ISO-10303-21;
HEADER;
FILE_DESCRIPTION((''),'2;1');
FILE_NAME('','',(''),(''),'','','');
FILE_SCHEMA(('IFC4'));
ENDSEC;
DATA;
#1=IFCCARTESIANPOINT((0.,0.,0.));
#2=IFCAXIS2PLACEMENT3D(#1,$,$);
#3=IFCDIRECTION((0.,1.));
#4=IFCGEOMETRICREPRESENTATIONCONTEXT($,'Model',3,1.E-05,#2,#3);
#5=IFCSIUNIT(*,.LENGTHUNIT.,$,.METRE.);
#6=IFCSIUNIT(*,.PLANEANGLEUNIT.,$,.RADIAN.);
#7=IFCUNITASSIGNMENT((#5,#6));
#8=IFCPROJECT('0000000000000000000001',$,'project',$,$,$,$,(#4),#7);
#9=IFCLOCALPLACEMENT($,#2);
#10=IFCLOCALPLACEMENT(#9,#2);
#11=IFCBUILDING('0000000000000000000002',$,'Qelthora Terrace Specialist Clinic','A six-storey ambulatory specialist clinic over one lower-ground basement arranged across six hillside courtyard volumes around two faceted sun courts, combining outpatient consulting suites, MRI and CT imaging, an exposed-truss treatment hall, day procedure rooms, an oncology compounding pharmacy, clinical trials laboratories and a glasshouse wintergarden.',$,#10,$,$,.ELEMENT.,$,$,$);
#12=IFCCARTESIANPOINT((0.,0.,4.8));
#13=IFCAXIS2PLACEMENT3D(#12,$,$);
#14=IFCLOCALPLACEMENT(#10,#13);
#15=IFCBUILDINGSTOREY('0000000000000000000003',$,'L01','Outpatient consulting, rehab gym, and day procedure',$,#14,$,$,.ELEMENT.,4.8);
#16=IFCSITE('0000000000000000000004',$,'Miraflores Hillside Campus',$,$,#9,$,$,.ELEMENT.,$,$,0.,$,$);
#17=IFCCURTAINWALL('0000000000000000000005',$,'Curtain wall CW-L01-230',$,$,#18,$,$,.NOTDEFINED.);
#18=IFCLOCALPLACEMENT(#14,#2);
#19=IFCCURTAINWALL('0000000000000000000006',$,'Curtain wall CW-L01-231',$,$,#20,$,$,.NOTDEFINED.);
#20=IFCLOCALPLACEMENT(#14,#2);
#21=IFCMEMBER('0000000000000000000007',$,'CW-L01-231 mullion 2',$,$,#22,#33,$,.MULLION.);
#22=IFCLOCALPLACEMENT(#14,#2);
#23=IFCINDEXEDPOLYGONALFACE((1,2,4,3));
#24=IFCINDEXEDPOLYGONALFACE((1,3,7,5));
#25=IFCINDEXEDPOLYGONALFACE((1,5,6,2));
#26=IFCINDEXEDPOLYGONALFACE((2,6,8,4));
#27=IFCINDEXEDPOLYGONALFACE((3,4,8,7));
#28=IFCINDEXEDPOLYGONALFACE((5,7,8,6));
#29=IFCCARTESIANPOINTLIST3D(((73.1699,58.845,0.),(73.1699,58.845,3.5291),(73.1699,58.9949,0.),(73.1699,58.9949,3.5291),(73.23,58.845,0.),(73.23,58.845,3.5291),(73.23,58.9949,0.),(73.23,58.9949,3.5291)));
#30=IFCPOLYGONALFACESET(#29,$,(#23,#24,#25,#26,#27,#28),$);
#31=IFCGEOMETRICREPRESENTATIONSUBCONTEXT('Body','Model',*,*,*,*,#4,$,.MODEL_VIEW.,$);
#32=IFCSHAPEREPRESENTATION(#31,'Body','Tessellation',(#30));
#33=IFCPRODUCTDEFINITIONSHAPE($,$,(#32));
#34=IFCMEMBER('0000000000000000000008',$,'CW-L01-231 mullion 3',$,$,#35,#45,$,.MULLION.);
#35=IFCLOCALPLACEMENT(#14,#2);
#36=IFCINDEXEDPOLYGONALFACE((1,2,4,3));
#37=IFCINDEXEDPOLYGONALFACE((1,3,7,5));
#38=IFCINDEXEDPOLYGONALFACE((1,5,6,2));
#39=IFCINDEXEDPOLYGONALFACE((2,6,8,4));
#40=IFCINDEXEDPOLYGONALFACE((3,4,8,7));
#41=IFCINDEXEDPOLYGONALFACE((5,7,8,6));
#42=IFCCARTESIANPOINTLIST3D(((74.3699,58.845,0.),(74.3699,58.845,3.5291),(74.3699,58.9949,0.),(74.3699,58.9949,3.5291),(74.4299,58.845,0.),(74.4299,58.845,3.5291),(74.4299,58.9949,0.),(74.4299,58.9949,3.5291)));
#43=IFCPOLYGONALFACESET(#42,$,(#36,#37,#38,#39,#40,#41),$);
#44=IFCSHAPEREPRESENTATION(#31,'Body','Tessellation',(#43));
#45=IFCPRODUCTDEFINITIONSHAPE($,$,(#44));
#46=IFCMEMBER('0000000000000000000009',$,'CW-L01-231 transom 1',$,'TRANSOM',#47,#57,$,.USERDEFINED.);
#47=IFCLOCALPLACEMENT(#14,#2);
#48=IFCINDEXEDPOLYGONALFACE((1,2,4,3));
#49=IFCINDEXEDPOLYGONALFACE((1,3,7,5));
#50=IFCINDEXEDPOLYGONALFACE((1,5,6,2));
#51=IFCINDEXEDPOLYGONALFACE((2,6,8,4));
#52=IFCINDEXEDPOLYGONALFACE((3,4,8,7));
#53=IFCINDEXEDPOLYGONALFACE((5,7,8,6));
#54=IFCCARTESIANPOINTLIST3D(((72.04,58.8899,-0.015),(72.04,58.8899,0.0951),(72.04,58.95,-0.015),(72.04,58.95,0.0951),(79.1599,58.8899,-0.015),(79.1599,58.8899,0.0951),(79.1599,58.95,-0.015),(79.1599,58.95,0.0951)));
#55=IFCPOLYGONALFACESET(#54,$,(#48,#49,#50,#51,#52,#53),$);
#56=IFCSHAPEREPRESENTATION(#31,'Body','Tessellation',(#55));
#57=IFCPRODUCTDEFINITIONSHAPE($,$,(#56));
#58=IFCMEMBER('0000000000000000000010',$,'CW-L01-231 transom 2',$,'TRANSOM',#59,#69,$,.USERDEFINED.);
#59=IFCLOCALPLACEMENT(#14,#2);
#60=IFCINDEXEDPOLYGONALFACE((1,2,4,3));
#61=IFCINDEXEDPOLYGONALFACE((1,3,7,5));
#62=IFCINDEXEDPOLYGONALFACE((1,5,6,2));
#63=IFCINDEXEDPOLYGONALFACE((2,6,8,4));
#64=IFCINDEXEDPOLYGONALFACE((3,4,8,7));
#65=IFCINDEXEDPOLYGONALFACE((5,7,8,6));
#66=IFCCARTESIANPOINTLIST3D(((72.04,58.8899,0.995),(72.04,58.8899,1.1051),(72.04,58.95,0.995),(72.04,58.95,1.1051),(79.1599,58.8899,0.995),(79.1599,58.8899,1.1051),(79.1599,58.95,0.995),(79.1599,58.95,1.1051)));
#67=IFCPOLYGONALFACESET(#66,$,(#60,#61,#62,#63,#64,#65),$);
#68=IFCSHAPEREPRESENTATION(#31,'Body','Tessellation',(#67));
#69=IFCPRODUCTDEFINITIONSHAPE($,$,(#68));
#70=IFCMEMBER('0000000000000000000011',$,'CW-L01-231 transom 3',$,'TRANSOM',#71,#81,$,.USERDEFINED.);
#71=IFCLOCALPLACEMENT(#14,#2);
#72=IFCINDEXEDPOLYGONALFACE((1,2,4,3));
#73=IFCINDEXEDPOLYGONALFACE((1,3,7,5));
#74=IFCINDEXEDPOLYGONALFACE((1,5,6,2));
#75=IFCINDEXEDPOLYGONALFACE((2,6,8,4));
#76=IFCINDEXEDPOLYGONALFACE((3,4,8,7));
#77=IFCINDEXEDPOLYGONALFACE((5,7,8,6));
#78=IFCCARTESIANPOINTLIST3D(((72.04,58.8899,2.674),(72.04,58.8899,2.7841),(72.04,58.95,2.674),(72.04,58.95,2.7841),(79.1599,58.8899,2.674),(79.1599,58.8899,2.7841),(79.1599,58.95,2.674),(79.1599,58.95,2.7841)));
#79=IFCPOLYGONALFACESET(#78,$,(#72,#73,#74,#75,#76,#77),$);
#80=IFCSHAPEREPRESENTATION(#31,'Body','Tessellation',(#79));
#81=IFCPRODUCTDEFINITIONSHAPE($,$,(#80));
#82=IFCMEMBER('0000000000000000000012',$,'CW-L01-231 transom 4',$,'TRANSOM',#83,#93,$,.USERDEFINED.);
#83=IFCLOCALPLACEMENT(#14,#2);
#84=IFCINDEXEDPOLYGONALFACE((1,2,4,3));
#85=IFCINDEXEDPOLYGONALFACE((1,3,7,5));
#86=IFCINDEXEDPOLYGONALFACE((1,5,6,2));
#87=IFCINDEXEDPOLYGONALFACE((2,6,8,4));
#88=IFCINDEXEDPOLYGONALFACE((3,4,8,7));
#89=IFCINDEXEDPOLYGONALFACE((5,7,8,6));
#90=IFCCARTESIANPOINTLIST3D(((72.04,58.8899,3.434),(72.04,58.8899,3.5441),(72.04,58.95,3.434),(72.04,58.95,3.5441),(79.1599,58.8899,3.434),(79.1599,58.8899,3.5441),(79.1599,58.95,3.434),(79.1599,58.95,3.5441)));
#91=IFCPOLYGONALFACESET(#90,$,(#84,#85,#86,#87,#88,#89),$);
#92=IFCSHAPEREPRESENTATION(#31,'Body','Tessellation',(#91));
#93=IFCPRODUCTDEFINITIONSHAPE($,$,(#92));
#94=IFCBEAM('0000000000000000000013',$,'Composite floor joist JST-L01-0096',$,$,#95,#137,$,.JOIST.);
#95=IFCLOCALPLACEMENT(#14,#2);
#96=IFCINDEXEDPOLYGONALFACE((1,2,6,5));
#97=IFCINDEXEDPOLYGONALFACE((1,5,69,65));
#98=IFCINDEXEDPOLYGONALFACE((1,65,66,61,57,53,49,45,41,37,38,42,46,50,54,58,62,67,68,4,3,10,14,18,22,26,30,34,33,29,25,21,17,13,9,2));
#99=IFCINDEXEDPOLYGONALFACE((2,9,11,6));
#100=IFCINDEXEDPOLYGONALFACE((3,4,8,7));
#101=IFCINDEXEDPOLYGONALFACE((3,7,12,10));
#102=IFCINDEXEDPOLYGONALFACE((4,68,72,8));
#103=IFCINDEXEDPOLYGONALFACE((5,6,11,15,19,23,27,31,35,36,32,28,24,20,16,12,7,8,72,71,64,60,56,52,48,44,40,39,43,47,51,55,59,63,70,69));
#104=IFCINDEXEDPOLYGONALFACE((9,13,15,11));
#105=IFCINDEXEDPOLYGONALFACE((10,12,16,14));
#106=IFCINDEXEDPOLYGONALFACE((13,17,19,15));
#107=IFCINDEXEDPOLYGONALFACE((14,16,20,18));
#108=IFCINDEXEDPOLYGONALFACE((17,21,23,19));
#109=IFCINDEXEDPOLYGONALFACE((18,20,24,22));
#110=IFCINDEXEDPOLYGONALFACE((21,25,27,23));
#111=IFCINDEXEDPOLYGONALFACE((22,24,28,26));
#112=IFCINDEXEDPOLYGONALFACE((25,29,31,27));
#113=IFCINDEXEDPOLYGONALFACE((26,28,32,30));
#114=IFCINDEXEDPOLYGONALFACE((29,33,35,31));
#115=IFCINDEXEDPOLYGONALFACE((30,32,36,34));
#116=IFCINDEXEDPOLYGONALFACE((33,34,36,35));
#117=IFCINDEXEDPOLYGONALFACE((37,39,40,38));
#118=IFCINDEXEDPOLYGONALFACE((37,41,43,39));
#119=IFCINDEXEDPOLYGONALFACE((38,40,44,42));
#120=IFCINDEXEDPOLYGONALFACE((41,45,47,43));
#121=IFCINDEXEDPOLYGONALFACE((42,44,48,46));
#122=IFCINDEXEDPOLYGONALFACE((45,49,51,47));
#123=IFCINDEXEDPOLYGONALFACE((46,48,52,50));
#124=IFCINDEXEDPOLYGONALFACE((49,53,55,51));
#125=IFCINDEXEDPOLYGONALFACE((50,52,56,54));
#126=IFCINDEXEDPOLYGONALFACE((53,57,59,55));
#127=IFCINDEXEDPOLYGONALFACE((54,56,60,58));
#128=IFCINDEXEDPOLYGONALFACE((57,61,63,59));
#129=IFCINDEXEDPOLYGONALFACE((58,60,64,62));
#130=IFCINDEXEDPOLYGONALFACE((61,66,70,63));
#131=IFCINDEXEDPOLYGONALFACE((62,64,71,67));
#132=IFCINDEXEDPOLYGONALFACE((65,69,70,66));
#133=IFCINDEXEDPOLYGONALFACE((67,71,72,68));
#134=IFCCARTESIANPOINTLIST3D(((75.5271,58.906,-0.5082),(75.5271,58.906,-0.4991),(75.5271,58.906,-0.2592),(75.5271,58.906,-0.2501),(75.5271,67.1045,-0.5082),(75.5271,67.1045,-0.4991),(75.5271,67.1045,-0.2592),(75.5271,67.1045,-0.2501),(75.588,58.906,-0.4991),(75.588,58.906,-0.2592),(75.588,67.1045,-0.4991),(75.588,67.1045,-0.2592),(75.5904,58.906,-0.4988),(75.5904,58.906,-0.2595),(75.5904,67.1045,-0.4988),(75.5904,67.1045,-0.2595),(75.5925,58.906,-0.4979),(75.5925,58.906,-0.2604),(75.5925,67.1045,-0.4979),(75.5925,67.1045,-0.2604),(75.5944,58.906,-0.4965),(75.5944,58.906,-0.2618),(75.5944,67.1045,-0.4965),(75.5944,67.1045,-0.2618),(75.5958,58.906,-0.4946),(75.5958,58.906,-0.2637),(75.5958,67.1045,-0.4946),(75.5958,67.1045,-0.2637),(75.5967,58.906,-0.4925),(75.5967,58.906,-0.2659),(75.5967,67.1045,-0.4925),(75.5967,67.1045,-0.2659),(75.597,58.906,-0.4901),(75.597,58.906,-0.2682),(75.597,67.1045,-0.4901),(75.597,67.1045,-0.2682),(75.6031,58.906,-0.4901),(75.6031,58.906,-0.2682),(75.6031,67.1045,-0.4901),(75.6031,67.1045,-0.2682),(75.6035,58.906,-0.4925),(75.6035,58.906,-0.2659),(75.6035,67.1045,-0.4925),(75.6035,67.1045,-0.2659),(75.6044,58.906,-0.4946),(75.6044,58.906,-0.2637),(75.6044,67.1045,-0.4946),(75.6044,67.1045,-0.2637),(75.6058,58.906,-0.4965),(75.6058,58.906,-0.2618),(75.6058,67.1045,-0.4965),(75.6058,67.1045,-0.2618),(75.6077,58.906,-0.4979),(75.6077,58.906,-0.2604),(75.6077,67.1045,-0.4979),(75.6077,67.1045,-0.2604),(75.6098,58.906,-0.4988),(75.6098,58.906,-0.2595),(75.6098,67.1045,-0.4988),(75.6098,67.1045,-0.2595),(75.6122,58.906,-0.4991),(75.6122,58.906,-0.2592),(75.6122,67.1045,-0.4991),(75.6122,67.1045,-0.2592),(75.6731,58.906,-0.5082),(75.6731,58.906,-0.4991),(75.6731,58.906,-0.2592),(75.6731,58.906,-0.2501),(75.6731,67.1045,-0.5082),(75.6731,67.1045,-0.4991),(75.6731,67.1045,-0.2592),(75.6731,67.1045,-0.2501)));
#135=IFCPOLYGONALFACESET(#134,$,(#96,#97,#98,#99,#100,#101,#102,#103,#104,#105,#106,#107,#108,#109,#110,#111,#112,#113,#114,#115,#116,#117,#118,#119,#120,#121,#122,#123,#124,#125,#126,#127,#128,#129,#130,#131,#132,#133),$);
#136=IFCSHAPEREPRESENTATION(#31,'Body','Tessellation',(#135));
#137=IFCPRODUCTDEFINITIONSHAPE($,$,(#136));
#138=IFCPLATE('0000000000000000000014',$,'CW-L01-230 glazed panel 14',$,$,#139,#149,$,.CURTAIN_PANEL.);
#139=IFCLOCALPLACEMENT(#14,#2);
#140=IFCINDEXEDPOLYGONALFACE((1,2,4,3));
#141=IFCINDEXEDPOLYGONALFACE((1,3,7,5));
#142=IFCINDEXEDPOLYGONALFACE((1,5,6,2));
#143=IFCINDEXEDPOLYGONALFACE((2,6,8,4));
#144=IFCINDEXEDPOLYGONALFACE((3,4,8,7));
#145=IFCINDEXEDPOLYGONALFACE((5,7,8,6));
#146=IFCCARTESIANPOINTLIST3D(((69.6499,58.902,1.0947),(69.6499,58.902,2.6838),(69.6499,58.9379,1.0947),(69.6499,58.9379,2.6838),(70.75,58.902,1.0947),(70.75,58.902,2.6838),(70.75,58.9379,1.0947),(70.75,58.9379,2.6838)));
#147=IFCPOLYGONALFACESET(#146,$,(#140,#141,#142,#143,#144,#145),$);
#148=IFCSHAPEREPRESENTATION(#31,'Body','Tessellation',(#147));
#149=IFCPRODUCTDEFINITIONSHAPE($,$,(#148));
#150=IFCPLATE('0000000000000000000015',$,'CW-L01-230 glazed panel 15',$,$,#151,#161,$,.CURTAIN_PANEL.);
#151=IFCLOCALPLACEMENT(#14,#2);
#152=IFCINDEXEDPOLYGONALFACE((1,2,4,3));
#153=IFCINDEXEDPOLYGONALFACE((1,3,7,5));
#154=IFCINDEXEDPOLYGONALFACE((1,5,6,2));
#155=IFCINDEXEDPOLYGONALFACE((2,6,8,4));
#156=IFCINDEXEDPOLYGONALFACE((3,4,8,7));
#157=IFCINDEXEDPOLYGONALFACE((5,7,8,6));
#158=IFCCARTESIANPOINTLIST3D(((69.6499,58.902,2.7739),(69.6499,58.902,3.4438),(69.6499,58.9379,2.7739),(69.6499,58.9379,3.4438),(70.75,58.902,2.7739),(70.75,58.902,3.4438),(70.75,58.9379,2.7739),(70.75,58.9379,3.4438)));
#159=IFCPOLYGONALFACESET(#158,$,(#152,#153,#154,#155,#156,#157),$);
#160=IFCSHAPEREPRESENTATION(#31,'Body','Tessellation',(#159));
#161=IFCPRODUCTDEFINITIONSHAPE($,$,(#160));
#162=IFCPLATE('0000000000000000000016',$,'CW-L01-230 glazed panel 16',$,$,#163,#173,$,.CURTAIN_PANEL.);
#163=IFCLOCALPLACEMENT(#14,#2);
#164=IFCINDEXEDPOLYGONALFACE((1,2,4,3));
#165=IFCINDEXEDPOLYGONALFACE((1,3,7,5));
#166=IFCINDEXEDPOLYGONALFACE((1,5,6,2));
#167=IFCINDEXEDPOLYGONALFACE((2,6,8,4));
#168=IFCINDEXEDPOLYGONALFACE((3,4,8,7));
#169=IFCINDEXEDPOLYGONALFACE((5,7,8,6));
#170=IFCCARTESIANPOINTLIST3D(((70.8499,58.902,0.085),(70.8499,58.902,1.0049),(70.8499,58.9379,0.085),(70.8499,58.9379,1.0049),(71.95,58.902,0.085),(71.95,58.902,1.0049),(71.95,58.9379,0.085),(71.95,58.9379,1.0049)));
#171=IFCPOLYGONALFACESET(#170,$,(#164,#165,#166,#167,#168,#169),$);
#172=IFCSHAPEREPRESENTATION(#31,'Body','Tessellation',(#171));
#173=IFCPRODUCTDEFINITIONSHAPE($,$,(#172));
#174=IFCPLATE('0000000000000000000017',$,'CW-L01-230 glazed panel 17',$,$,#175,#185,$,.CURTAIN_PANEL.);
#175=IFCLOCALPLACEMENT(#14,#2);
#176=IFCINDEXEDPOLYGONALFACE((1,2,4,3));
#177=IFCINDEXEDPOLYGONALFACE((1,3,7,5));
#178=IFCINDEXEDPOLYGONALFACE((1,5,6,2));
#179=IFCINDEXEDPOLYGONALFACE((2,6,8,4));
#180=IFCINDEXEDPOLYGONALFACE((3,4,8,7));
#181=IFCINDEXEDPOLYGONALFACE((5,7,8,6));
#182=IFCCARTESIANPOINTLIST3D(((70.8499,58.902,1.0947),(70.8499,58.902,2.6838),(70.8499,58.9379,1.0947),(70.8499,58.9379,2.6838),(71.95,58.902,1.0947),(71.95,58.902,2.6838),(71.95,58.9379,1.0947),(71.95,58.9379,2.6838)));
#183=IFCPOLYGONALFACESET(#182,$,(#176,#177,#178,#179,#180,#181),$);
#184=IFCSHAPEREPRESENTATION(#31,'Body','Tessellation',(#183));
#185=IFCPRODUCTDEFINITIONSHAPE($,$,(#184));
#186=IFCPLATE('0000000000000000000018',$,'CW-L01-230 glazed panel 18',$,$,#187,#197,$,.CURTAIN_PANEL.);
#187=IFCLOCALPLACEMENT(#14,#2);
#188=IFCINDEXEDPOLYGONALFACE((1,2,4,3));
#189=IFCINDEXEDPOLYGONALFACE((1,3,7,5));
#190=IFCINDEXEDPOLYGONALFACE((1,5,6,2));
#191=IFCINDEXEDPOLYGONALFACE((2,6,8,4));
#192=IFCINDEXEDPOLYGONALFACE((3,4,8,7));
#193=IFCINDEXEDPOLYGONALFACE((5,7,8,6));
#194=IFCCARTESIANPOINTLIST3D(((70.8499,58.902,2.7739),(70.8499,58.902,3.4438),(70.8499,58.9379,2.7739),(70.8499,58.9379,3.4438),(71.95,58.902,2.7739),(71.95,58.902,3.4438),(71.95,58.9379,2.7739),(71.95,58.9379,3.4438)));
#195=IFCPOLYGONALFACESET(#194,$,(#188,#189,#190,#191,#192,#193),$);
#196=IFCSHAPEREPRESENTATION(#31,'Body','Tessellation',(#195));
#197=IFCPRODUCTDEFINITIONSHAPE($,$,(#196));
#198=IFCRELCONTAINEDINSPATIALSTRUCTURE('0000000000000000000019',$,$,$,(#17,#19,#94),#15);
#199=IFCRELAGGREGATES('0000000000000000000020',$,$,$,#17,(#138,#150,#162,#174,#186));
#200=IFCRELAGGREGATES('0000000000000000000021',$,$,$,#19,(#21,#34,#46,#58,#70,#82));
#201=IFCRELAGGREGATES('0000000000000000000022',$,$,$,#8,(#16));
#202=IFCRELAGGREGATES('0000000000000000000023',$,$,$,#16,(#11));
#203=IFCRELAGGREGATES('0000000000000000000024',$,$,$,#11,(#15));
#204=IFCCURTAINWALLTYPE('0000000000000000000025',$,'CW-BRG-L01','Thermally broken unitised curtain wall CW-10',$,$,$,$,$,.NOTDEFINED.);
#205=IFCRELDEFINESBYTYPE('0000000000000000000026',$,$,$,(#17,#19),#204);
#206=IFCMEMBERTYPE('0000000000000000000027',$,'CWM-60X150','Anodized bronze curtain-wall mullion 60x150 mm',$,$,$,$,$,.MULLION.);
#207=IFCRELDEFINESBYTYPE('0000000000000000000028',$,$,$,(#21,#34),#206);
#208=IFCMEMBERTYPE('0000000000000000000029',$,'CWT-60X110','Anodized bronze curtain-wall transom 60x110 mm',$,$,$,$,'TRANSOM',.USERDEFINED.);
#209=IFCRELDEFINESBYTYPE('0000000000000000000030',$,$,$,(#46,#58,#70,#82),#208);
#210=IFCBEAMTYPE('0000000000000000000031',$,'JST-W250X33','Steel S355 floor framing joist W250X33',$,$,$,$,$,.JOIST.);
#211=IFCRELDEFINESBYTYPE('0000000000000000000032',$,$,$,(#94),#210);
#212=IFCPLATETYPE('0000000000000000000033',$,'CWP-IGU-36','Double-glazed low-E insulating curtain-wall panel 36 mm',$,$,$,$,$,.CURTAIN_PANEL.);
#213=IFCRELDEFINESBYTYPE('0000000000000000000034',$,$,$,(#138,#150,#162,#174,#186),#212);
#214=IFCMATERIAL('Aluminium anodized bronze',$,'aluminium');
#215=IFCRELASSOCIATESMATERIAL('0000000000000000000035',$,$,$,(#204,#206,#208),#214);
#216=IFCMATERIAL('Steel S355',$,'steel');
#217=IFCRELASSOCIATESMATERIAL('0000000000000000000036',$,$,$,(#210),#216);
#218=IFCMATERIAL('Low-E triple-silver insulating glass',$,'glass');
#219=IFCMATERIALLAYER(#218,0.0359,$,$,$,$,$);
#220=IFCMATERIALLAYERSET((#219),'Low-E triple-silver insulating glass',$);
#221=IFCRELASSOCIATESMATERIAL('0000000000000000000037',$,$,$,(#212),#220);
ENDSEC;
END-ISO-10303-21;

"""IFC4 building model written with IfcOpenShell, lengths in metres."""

from ifc_helpers import new_model, si_unit, direction, frame, origin, origin_2d, place, context, subcontext, project, spatial, rectangle, i_section, extrude, material, layer, layer_set, material_profile, profile_set, type_object, element, aggregate, save


model = new_model("IFC4")

# Units and contexts
model_context = context("Model", 3, precision=1e-05, world=origin(), true_north=direction((0.0, 1.0)))
body_context = subcontext(model_context, "Body", "Model", "MODEL_VIEW")
ifc_project = project(units=[si_unit("LENGTHUNIT", "METRE"), si_unit("PLANEANGLEUNIT", "RADIAN")], contexts=[model_context])

# Site, building, storey
site_placement = place(None, origin())
site = spatial("IfcSite", under=ifc_project, at=site_placement, Name="Miraflores Hillside Campus", CompositionType="ELEMENT", RefElevation=0.0)
building_placement = place(site_placement, origin())
building = spatial("IfcBuilding", under=site, at=building_placement, Name="Qelthora Terrace Specialist Clinic", Description="A six-storey ambulatory specialist clinic over one lower-ground basement arranged across six hillside courtyard volumes around two faceted sun courts, combining outpatient consulting suites, MRI and CT imaging, an exposed-truss treatment hall, day procedure rooms, an oncology compounding pharmacy, clinical trials laboratories and a glasshouse wintergarden.", CompositionType="ELEMENT")
storey_placement = place(building_placement, frame((0.0, 0.0, 4.8)))
storey = spatial("IfcBuildingStorey", under=building, at=storey_placement, Name="L01", Description="Outpatient consulting, rehab gym, and day procedure", CompositionType="ELEMENT", Elevation=4.8)

# Shared definitions
ifc_material_1 = material(Name="Steel S355", Category="steel")

# Curtain walls, members
ifc_material_2 = material(Name="Aluminium anodized bronze", Category="aluminium")
curtain_wall_type = type_object("IfcCurtainWallType", Name="CW-BRG-L01", Description="Thermally broken unitised curtain wall CW-10", PredefinedType="NOTDEFINED", material=ifc_material_2)
curtain_wall_1_placement = place(storey_placement, origin())
curtain_wall_1 = element("IfcCurtainWall", 1, at=curtain_wall_1_placement, inside=storey, type_object=curtain_wall_type, Name="Curtain wall CW-L01-230", PredefinedType="NOTDEFINED")
ifc_material_profile_1 = material_profile(ifc_material_2, rectangle(XDim=0.0601, YDim=0.1499, at=origin_2d()), Name="CWM60X150")
ifc_profile_set_1 = profile_set([ifc_material_profile_1], Name="Aluminium anodized bronze")
member_type_1 = type_object("IfcMemberType", Name="CWM-60X150", Description="Anodized bronze curtain-wall mullion 60x150 mm", PredefinedType="MULLION", material=ifc_profile_set_1)
curtain_wall_2_placement = place(storey_placement, origin())
curtain_wall_2 = element("IfcCurtainWall", 2, at=curtain_wall_2_placement, inside=storey, type_object=curtain_wall_type, Name="Curtain wall CW-L01-231", PredefinedType="NOTDEFINED")
member_1_placement = place(storey_placement, frame((73.2, 58.9199, 0.0), z_axis=(0.0, 0.0, 1.0), x_axis=(1.0, 0.0, 0.0)))
member_1 = element("IfcMember", 3, at=member_1_placement, type_object=member_type_1, Name="CW-L01-231 mullion 2", PredefinedType="MULLION", context=body_context, shape_type="SweptSolid", body=[
    extrude(rectangle(XDim=0.0601, YDim=0.1499, at=origin_2d()), origin(), (0.0, 0.0, 1.0), 3.5291),
])
member_2_placement = place(storey_placement, frame((74.3999, 58.9199, 0.0), z_axis=(0.0, 0.0, 1.0), x_axis=(1.0, 0.0, 0.0)))
member_2 = element("IfcMember", 4, at=member_2_placement, type_object=member_type_1, Name="CW-L01-231 mullion 3", PredefinedType="MULLION", context=body_context, shape_type="SweptSolid", body=[
    extrude(rectangle(XDim=0.0601, YDim=0.1499, at=origin_2d()), origin(), (0.0, 0.0, 1.0), 3.5291),
])
ifc_material_profile_2 = material_profile(ifc_material_2, rectangle(XDim=0.0601, YDim=0.1101, at=origin_2d()), Name="CWT60X110")
ifc_profile_set_2 = profile_set([ifc_material_profile_2], Name="Aluminium anodized bronze")
member_type_2 = type_object("IfcMemberType", Name="CWT-60X110", Description="Anodized bronze curtain-wall transom 60x110 mm", ElementType="TRANSOM", PredefinedType="USERDEFINED", material=ifc_profile_set_2)
member_3_placement = place(storey_placement, frame((72.04, 58.9199, 0.04), z_axis=(1.0, 0.0, 0.0), x_axis=(0.0, 1.0, 0.0)))
member_3 = element("IfcMember", 5, at=member_3_placement, type_object=member_type_2, Name="CW-L01-231 transom 1", ObjectType="TRANSOM", PredefinedType="USERDEFINED", context=body_context, shape_type="SweptSolid", body=[
    extrude(rectangle(XDim=0.0601, YDim=0.1101, at=origin_2d()), origin(), (0.0, 0.0, 1.0), 7.1199),
])
member_4_placement = place(storey_placement, frame((72.04, 58.9199, 1.05), z_axis=(1.0, 0.0, 0.0), x_axis=(0.0, 1.0, 0.0)))
member_4 = element("IfcMember", 6, at=member_4_placement, type_object=member_type_2, Name="CW-L01-231 transom 2", ObjectType="TRANSOM", PredefinedType="USERDEFINED", context=body_context, shape_type="SweptSolid", body=[
    extrude(rectangle(XDim=0.0601, YDim=0.1101, at=origin_2d()), origin(), (0.0, 0.0, 1.0), 7.1199),
])
member_5_placement = place(storey_placement, frame((72.04, 58.9199, 2.729), z_axis=(1.0, 0.0, 0.0), x_axis=(0.0, 1.0, 0.0)))
member_5 = element("IfcMember", 7, at=member_5_placement, type_object=member_type_2, Name="CW-L01-231 transom 3", ObjectType="TRANSOM", PredefinedType="USERDEFINED", context=body_context, shape_type="SweptSolid", body=[
    extrude(rectangle(XDim=0.0601, YDim=0.1101, at=origin_2d()), origin(), (0.0, 0.0, 1.0), 7.1199),
])
member_6_placement = place(storey_placement, frame((72.04, 58.9199, 3.489), z_axis=(1.0, 0.0, 0.0), x_axis=(0.0, 1.0, 0.0)))
member_6 = element("IfcMember", 8, at=member_6_placement, type_object=member_type_2, Name="CW-L01-231 transom 4", ObjectType="TRANSOM", PredefinedType="USERDEFINED", context=body_context, shape_type="SweptSolid", body=[
    extrude(rectangle(XDim=0.0601, YDim=0.1101, at=origin_2d()), origin(), (0.0, 0.0, 1.0), 7.1199),
])

# Beam
ifc_material_profile_3 = material_profile(ifc_material_1, i_section(OverallWidth=0.146, OverallDepth=0.2581, WebThickness=0.0061, FlangeThickness=0.009, FilletRadius=0.009, at=origin_2d()), Name="W250X33")
ifc_profile_set_3 = profile_set([ifc_material_profile_3], Name="Steel S355")
beam_type_1 = type_object("IfcBeamType", Name="JST-W250X33", Description="Steel S355 floor framing joist W250X33", PredefinedType="JOIST", material=ifc_profile_set_3)
beam_1_placement = place(storey_placement, frame((75.6001, 58.906, -0.3792), z_axis=(0.0, 1.0, 0.0), x_axis=(-1.0, 0.0, 0.0)))
element("IfcBeam", 9, at=beam_1_placement, inside=storey, type_object=beam_type_1, Name="Composite floor joist JST-L01-0096", PredefinedType="JOIST", context=body_context, shape_type="SweptSolid", body=[
    extrude(i_section(OverallWidth=0.146, OverallDepth=0.2581, WebThickness=0.0061, FlangeThickness=0.009, FilletRadius=0.009, at=origin_2d()), origin(), (0.0, 0.0, 1.0), 8.1985),
])

# Plates
ifc_material_3 = material(Name="Low-E triple-silver insulating glass", Category="glass")
ifc_layer = layer(ifc_material_3, 0.0359)
ifc_layer_set = layer_set([ifc_layer], Name="Low-E triple-silver insulating glass")
plate_type = type_object("IfcPlateType", Name="CWP-IGU-36", Description="Double-glazed low-E insulating curtain-wall panel 36 mm", PredefinedType="CURTAIN_PANEL", material=ifc_layer_set)
plate_1_placement = place(storey_placement, frame((70.2, 58.9199, 1.0947), z_axis=(0.0, 0.0, 1.0), x_axis=(1.0, 0.0, 0.0)))
plate_1 = element("IfcPlate", 10, at=plate_1_placement, type_object=plate_type, Name="CW-L01-230 glazed panel 14", PredefinedType="CURTAIN_PANEL", context=body_context, shape_type="SweptSolid", body=[
    extrude(rectangle(XDim=1.1001, YDim=0.0359, at=origin_2d()), origin(), (0.0, 0.0, 1.0), 1.5891),
])
plate_2_placement = place(storey_placement, frame((70.2, 58.9199, 2.7739), z_axis=(0.0, 0.0, 1.0), x_axis=(1.0, 0.0, 0.0)))
plate_2 = element("IfcPlate", 11, at=plate_2_placement, type_object=plate_type, Name="CW-L01-230 glazed panel 15", PredefinedType="CURTAIN_PANEL", context=body_context, shape_type="SweptSolid", body=[
    extrude(rectangle(XDim=1.1001, YDim=0.0359, at=origin_2d()), origin(), (0.0, 0.0, 1.0), 0.6699),
])
plate_3_placement = place(storey_placement, frame((71.3999, 58.9199, 0.085), z_axis=(0.0, 0.0, 1.0), x_axis=(1.0, 0.0, 0.0)))
plate_3 = element("IfcPlate", 12, at=plate_3_placement, type_object=plate_type, Name="CW-L01-230 glazed panel 16", PredefinedType="CURTAIN_PANEL", context=body_context, shape_type="SweptSolid", body=[
    extrude(rectangle(XDim=1.1001, YDim=0.0359, at=origin_2d()), origin(), (0.0, 0.0, 1.0), 0.9199),
])
plate_4_placement = place(storey_placement, frame((71.3999, 58.9199, 1.0947), z_axis=(0.0, 0.0, 1.0), x_axis=(1.0, 0.0, 0.0)))
plate_4 = element("IfcPlate", 13, at=plate_4_placement, type_object=plate_type, Name="CW-L01-230 glazed panel 17", PredefinedType="CURTAIN_PANEL", context=body_context, shape_type="SweptSolid", body=[
    extrude(rectangle(XDim=1.1001, YDim=0.0359, at=origin_2d()), origin(), (0.0, 0.0, 1.0), 1.5891),
])
plate_5_placement = place(storey_placement, frame((71.3999, 58.9199, 2.7739), z_axis=(0.0, 0.0, 1.0), x_axis=(1.0, 0.0, 0.0)))
plate_5 = element("IfcPlate", 14, at=plate_5_placement, type_object=plate_type, Name="CW-L01-230 glazed panel 18", PredefinedType="CURTAIN_PANEL", context=body_context, shape_type="SweptSolid", body=[
    extrude(rectangle(XDim=1.1001, YDim=0.0359, at=origin_2d()), origin(), (0.0, 0.0, 1.0), 0.6699),
])
aggregate(curtain_wall_1, [plate_1, plate_2, plate_3, plate_4, plate_5])
aggregate(curtain_wall_2, [member_1, member_2, member_3, member_4, member_5, member_6])

save(model, "model.ifc")
